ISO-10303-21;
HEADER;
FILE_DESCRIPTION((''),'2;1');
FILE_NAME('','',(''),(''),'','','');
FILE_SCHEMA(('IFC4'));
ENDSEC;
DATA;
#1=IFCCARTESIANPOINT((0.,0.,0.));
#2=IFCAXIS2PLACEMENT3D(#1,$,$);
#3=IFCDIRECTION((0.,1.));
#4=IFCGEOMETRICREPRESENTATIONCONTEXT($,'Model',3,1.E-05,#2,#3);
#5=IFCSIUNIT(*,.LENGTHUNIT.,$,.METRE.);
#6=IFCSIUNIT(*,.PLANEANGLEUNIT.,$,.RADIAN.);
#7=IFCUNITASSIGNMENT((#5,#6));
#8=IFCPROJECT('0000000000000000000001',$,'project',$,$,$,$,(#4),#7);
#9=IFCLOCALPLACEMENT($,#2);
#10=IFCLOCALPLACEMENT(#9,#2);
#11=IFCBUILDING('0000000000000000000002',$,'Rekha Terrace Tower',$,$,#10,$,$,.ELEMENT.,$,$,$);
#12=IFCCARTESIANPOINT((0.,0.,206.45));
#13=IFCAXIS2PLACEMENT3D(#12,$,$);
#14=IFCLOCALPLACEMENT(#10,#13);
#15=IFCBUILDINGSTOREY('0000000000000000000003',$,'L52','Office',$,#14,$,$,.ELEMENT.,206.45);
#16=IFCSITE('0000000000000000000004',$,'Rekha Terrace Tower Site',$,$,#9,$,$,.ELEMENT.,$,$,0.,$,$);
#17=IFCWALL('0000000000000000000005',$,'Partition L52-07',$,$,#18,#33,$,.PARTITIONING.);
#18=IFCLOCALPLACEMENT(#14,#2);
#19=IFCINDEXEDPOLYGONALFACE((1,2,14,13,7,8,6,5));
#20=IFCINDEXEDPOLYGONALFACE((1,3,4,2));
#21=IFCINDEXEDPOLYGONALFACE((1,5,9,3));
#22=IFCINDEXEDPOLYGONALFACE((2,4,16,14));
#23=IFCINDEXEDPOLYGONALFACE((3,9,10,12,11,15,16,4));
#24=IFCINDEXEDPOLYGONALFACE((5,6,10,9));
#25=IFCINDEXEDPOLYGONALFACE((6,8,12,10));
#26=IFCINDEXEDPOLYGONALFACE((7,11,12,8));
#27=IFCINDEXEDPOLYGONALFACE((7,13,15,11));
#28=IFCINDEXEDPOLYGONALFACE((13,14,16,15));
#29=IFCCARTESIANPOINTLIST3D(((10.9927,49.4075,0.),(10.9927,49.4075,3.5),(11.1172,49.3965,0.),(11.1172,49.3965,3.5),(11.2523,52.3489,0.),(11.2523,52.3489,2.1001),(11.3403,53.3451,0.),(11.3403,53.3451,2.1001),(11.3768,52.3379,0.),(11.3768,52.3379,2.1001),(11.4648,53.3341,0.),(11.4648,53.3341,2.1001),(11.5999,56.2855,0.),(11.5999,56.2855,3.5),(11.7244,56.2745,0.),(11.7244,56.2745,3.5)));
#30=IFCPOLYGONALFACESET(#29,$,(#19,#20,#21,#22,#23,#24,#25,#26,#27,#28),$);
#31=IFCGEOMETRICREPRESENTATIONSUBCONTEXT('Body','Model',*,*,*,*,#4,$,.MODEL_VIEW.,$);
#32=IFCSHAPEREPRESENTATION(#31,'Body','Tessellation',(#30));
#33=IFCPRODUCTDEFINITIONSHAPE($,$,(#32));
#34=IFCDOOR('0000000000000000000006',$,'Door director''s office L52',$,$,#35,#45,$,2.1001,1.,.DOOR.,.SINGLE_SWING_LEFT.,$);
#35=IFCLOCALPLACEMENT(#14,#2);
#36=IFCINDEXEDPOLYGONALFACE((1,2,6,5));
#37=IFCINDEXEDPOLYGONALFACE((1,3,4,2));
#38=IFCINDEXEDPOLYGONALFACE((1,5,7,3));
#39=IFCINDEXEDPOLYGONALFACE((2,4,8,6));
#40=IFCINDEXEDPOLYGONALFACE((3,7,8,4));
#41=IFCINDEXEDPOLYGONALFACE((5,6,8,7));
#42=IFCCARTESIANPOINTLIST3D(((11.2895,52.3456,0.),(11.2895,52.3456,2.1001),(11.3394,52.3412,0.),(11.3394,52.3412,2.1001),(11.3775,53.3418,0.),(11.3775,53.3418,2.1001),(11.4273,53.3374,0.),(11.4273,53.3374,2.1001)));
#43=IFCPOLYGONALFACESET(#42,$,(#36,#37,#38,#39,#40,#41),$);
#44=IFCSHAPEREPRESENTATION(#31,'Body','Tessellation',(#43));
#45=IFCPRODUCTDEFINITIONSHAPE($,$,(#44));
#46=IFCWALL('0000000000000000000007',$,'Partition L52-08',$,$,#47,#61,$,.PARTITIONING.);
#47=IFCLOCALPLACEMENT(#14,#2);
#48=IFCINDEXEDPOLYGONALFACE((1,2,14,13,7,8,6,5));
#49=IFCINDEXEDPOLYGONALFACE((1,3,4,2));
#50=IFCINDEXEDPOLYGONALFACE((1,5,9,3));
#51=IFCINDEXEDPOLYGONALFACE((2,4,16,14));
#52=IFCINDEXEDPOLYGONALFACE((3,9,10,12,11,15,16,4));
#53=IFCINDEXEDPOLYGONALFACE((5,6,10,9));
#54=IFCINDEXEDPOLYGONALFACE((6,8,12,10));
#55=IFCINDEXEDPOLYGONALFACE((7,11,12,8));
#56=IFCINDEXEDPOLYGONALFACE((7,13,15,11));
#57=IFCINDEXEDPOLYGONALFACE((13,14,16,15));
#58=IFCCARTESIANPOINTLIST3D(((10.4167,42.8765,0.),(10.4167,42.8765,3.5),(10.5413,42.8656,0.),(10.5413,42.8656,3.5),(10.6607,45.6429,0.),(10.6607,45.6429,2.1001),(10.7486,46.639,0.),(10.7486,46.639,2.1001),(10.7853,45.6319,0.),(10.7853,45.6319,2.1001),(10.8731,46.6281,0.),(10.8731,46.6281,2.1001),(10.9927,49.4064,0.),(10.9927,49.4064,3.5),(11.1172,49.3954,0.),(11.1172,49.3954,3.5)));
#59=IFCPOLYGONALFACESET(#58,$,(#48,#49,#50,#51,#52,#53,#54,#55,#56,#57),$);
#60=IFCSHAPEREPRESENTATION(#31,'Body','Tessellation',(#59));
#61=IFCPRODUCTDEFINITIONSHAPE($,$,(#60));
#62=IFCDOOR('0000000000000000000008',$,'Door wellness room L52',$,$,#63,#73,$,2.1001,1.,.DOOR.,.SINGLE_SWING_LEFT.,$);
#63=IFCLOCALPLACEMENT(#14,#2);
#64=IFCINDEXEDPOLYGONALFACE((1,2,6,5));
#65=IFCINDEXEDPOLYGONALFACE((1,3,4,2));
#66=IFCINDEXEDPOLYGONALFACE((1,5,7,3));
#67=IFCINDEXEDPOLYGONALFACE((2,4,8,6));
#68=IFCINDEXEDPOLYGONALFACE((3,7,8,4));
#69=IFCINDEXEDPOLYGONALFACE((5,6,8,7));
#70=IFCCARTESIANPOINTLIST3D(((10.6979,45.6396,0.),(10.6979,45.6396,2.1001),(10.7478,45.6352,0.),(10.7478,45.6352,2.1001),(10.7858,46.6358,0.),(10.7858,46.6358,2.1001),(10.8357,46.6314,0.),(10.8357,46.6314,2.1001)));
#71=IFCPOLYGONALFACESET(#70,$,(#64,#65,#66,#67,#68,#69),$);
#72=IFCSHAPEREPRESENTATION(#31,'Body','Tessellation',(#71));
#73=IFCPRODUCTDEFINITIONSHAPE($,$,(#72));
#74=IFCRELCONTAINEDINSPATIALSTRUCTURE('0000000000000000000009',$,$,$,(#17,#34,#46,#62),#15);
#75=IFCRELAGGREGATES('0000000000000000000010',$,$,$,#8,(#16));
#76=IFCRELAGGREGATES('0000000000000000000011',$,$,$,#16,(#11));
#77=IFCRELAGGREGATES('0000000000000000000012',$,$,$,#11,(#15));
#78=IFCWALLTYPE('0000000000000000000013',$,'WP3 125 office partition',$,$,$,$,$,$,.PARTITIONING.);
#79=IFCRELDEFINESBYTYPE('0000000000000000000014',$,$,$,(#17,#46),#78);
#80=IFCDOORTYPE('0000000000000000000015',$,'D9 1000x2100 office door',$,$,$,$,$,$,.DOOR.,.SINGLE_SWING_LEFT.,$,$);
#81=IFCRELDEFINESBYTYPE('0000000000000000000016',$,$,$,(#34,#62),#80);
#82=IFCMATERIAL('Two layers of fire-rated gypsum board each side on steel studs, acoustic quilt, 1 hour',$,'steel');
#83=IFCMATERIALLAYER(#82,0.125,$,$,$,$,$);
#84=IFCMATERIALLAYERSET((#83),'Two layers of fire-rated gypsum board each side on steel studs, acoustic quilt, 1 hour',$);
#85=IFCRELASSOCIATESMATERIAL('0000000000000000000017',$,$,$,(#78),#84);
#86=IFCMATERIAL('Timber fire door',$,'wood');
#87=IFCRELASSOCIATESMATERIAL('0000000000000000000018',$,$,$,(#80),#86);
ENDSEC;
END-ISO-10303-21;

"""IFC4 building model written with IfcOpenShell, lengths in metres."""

from ifc_helpers import new_model, si_unit, direction, frame, frame_2d, origin, place, context, subcontext, project, spatial, rectangle, extrude, material, layer, layer_set, type_object, element, fill, save


model = new_model("IFC4")

# Units and contexts
model_context = context("Model", 3, precision=1e-05, world=origin(), true_north=direction((0.0, 1.0)))
body_context = subcontext(model_context, "Body", "Model", "MODEL_VIEW")
ifc_project = project(units=[si_unit("LENGTHUNIT", "METRE"), si_unit("PLANEANGLEUNIT", "RADIAN")], contexts=[model_context])

# Site, building, storey
site_placement = place(None, origin())
site = spatial("IfcSite", under=ifc_project, at=site_placement, Name="Rekha Terrace Tower Site", CompositionType="ELEMENT", RefElevation=0.0)
building_placement = place(site_placement, origin())
building = spatial("IfcBuilding", under=site, at=building_placement, Name="Rekha Terrace Tower", CompositionType="ELEMENT")
storey_placement = place(building_placement, frame((0.0, 0.0, 206.45)))
storey = spatial("IfcBuildingStorey", under=building, at=storey_placement, Name="L52", Description="Office", CompositionType="ELEMENT", Elevation=206.45)

# Shared definitions
ifc_material_1 = material(Name="Two layers of fire-rated gypsum board each side on steel studs, acoustic quilt, 1 hour", Category="steel")
ifc_layer_1 = layer(ifc_material_1, 0.125)
ifc_layer_set_1 = layer_set([ifc_layer_1], Name="Two layers of fire-rated gypsum board each side on steel studs, acoustic quilt, 1 hour")
wall_type = type_object("IfcWallType", Name="WP3 125 office partition", PredefinedType="PARTITIONING", material=ifc_layer_set_1)

# Walls, openings, doors
wall_1_placement = place(storey_placement, frame((11.6621, 56.28, 0.0), z_axis=(0.0, 0.0, 1.0), x_axis=(-0.087937, -0.996126, 0.0)))
wall_1 = element("IfcWall", 1, at=wall_1_placement, inside=storey, type_object=wall_type, Name="Partition L52-07", PredefinedType="PARTITIONING", context=body_context, shape_type="SweptSolid", body=[
    extrude(rectangle(XDim=6.9048, YDim=0.125, at=frame_2d((3.4524, 0.0))), origin(), (0.0, 0.0, 1.0), 3.5),
])
opening_1_placement = place(wall_1_placement, frame((2.9519, 0.0, 0.0)))
opening_1 = element("IfcOpeningElement", 2, at=opening_1_placement, cuts=wall_1, PredefinedType="OPENING", context=body_context, shape_type="SweptSolid", body=[
    extrude(rectangle(XDim=1.0, YDim=2.1001, at=frame_2d((0.5, 1.05))), frame((0.0, 0.0725, 0.0), z_axis=(0.0, -1.0, 0.0), x_axis=(1.0, 0.0, 0.0)), (0.0, 0.0, 1.0), 0.145),
])
ifc_material_2 = material(Name="Timber fire door", Category="wood")
door_type = type_object("IfcDoorType", Name="D9 1000x2100 office door", OperationType="SINGLE_SWING_LEFT", PredefinedType="DOOR", material=ifc_material_2)
door_1_placement = place(opening_1_placement, origin())
door_1 = element("IfcDoor", 3, at=door_1_placement, inside=storey, type_object=door_type, Name="Door director's office L52", OperationType="SINGLE_SWING_LEFT", OverallHeight=2.1001, OverallWidth=1.0, PredefinedType="DOOR", context=body_context, shape_type="SweptSolid", body=[
    extrude(rectangle(XDim=1.0, YDim=2.1001, at=frame_2d((0.5, 1.05))), frame((0.0, 0.0249, 0.0), z_axis=(0.0, -1.0, 0.0), x_axis=(1.0, 0.0, 0.0)), (0.0, 0.0, 1.0), 0.05),
])
fill(opening_1, door_1)
wall_2_placement = place(storey_placement, frame((11.0549, 49.4009, 0.0), z_axis=(0.0, 0.0, 1.0), x_axis=(-0.087859, -0.996133, 0.0)))
wall_2 = element("IfcWall", 4, at=wall_2_placement, inside=storey, type_object=wall_type, Name="Partition L52-08", PredefinedType="PARTITIONING", context=body_context, shape_type="SweptSolid", body=[
    extrude(rectangle(XDim=6.5552, YDim=0.125, at=frame_2d((3.2776, 0.0))), origin(), (0.0, 0.0, 1.0), 3.5),
])
opening_2_placement = place(wall_2_placement, frame((2.7781, 0.0, 0.0)))
opening_2 = element("IfcOpeningElement", 5, at=opening_2_placement, cuts=wall_2, PredefinedType="OPENING", context=body_context, shape_type="SweptSolid", body=[
    extrude(rectangle(XDim=1.0, YDim=2.1001, at=frame_2d((0.5, 1.05))), frame((0.0, 0.0725, 0.0), z_axis=(0.0, -1.0, 0.0), x_axis=(1.0, 0.0, 0.0)), (0.0, 0.0, 1.0), 0.145),
])
door_2_placement = place(opening_2_placement, origin())
door_2 = element("IfcDoor", 6, at=door_2_placement, inside=storey, type_object=door_type, Name="Door wellness room L52", OperationType="SINGLE_SWING_LEFT", OverallHeight=2.1001, OverallWidth=1.0, PredefinedType="DOOR", context=body_context, shape_type="SweptSolid", body=[
    extrude(rectangle(XDim=1.0, YDim=2.1001, at=frame_2d((0.5, 1.05))), frame((0.0, 0.0249, 0.0), z_axis=(0.0, -1.0, 0.0), x_axis=(1.0, 0.0, 0.0)), (0.0, 0.0, 1.0), 0.05),
])
fill(opening_2, door_2)

save(model, "model.ifc")
